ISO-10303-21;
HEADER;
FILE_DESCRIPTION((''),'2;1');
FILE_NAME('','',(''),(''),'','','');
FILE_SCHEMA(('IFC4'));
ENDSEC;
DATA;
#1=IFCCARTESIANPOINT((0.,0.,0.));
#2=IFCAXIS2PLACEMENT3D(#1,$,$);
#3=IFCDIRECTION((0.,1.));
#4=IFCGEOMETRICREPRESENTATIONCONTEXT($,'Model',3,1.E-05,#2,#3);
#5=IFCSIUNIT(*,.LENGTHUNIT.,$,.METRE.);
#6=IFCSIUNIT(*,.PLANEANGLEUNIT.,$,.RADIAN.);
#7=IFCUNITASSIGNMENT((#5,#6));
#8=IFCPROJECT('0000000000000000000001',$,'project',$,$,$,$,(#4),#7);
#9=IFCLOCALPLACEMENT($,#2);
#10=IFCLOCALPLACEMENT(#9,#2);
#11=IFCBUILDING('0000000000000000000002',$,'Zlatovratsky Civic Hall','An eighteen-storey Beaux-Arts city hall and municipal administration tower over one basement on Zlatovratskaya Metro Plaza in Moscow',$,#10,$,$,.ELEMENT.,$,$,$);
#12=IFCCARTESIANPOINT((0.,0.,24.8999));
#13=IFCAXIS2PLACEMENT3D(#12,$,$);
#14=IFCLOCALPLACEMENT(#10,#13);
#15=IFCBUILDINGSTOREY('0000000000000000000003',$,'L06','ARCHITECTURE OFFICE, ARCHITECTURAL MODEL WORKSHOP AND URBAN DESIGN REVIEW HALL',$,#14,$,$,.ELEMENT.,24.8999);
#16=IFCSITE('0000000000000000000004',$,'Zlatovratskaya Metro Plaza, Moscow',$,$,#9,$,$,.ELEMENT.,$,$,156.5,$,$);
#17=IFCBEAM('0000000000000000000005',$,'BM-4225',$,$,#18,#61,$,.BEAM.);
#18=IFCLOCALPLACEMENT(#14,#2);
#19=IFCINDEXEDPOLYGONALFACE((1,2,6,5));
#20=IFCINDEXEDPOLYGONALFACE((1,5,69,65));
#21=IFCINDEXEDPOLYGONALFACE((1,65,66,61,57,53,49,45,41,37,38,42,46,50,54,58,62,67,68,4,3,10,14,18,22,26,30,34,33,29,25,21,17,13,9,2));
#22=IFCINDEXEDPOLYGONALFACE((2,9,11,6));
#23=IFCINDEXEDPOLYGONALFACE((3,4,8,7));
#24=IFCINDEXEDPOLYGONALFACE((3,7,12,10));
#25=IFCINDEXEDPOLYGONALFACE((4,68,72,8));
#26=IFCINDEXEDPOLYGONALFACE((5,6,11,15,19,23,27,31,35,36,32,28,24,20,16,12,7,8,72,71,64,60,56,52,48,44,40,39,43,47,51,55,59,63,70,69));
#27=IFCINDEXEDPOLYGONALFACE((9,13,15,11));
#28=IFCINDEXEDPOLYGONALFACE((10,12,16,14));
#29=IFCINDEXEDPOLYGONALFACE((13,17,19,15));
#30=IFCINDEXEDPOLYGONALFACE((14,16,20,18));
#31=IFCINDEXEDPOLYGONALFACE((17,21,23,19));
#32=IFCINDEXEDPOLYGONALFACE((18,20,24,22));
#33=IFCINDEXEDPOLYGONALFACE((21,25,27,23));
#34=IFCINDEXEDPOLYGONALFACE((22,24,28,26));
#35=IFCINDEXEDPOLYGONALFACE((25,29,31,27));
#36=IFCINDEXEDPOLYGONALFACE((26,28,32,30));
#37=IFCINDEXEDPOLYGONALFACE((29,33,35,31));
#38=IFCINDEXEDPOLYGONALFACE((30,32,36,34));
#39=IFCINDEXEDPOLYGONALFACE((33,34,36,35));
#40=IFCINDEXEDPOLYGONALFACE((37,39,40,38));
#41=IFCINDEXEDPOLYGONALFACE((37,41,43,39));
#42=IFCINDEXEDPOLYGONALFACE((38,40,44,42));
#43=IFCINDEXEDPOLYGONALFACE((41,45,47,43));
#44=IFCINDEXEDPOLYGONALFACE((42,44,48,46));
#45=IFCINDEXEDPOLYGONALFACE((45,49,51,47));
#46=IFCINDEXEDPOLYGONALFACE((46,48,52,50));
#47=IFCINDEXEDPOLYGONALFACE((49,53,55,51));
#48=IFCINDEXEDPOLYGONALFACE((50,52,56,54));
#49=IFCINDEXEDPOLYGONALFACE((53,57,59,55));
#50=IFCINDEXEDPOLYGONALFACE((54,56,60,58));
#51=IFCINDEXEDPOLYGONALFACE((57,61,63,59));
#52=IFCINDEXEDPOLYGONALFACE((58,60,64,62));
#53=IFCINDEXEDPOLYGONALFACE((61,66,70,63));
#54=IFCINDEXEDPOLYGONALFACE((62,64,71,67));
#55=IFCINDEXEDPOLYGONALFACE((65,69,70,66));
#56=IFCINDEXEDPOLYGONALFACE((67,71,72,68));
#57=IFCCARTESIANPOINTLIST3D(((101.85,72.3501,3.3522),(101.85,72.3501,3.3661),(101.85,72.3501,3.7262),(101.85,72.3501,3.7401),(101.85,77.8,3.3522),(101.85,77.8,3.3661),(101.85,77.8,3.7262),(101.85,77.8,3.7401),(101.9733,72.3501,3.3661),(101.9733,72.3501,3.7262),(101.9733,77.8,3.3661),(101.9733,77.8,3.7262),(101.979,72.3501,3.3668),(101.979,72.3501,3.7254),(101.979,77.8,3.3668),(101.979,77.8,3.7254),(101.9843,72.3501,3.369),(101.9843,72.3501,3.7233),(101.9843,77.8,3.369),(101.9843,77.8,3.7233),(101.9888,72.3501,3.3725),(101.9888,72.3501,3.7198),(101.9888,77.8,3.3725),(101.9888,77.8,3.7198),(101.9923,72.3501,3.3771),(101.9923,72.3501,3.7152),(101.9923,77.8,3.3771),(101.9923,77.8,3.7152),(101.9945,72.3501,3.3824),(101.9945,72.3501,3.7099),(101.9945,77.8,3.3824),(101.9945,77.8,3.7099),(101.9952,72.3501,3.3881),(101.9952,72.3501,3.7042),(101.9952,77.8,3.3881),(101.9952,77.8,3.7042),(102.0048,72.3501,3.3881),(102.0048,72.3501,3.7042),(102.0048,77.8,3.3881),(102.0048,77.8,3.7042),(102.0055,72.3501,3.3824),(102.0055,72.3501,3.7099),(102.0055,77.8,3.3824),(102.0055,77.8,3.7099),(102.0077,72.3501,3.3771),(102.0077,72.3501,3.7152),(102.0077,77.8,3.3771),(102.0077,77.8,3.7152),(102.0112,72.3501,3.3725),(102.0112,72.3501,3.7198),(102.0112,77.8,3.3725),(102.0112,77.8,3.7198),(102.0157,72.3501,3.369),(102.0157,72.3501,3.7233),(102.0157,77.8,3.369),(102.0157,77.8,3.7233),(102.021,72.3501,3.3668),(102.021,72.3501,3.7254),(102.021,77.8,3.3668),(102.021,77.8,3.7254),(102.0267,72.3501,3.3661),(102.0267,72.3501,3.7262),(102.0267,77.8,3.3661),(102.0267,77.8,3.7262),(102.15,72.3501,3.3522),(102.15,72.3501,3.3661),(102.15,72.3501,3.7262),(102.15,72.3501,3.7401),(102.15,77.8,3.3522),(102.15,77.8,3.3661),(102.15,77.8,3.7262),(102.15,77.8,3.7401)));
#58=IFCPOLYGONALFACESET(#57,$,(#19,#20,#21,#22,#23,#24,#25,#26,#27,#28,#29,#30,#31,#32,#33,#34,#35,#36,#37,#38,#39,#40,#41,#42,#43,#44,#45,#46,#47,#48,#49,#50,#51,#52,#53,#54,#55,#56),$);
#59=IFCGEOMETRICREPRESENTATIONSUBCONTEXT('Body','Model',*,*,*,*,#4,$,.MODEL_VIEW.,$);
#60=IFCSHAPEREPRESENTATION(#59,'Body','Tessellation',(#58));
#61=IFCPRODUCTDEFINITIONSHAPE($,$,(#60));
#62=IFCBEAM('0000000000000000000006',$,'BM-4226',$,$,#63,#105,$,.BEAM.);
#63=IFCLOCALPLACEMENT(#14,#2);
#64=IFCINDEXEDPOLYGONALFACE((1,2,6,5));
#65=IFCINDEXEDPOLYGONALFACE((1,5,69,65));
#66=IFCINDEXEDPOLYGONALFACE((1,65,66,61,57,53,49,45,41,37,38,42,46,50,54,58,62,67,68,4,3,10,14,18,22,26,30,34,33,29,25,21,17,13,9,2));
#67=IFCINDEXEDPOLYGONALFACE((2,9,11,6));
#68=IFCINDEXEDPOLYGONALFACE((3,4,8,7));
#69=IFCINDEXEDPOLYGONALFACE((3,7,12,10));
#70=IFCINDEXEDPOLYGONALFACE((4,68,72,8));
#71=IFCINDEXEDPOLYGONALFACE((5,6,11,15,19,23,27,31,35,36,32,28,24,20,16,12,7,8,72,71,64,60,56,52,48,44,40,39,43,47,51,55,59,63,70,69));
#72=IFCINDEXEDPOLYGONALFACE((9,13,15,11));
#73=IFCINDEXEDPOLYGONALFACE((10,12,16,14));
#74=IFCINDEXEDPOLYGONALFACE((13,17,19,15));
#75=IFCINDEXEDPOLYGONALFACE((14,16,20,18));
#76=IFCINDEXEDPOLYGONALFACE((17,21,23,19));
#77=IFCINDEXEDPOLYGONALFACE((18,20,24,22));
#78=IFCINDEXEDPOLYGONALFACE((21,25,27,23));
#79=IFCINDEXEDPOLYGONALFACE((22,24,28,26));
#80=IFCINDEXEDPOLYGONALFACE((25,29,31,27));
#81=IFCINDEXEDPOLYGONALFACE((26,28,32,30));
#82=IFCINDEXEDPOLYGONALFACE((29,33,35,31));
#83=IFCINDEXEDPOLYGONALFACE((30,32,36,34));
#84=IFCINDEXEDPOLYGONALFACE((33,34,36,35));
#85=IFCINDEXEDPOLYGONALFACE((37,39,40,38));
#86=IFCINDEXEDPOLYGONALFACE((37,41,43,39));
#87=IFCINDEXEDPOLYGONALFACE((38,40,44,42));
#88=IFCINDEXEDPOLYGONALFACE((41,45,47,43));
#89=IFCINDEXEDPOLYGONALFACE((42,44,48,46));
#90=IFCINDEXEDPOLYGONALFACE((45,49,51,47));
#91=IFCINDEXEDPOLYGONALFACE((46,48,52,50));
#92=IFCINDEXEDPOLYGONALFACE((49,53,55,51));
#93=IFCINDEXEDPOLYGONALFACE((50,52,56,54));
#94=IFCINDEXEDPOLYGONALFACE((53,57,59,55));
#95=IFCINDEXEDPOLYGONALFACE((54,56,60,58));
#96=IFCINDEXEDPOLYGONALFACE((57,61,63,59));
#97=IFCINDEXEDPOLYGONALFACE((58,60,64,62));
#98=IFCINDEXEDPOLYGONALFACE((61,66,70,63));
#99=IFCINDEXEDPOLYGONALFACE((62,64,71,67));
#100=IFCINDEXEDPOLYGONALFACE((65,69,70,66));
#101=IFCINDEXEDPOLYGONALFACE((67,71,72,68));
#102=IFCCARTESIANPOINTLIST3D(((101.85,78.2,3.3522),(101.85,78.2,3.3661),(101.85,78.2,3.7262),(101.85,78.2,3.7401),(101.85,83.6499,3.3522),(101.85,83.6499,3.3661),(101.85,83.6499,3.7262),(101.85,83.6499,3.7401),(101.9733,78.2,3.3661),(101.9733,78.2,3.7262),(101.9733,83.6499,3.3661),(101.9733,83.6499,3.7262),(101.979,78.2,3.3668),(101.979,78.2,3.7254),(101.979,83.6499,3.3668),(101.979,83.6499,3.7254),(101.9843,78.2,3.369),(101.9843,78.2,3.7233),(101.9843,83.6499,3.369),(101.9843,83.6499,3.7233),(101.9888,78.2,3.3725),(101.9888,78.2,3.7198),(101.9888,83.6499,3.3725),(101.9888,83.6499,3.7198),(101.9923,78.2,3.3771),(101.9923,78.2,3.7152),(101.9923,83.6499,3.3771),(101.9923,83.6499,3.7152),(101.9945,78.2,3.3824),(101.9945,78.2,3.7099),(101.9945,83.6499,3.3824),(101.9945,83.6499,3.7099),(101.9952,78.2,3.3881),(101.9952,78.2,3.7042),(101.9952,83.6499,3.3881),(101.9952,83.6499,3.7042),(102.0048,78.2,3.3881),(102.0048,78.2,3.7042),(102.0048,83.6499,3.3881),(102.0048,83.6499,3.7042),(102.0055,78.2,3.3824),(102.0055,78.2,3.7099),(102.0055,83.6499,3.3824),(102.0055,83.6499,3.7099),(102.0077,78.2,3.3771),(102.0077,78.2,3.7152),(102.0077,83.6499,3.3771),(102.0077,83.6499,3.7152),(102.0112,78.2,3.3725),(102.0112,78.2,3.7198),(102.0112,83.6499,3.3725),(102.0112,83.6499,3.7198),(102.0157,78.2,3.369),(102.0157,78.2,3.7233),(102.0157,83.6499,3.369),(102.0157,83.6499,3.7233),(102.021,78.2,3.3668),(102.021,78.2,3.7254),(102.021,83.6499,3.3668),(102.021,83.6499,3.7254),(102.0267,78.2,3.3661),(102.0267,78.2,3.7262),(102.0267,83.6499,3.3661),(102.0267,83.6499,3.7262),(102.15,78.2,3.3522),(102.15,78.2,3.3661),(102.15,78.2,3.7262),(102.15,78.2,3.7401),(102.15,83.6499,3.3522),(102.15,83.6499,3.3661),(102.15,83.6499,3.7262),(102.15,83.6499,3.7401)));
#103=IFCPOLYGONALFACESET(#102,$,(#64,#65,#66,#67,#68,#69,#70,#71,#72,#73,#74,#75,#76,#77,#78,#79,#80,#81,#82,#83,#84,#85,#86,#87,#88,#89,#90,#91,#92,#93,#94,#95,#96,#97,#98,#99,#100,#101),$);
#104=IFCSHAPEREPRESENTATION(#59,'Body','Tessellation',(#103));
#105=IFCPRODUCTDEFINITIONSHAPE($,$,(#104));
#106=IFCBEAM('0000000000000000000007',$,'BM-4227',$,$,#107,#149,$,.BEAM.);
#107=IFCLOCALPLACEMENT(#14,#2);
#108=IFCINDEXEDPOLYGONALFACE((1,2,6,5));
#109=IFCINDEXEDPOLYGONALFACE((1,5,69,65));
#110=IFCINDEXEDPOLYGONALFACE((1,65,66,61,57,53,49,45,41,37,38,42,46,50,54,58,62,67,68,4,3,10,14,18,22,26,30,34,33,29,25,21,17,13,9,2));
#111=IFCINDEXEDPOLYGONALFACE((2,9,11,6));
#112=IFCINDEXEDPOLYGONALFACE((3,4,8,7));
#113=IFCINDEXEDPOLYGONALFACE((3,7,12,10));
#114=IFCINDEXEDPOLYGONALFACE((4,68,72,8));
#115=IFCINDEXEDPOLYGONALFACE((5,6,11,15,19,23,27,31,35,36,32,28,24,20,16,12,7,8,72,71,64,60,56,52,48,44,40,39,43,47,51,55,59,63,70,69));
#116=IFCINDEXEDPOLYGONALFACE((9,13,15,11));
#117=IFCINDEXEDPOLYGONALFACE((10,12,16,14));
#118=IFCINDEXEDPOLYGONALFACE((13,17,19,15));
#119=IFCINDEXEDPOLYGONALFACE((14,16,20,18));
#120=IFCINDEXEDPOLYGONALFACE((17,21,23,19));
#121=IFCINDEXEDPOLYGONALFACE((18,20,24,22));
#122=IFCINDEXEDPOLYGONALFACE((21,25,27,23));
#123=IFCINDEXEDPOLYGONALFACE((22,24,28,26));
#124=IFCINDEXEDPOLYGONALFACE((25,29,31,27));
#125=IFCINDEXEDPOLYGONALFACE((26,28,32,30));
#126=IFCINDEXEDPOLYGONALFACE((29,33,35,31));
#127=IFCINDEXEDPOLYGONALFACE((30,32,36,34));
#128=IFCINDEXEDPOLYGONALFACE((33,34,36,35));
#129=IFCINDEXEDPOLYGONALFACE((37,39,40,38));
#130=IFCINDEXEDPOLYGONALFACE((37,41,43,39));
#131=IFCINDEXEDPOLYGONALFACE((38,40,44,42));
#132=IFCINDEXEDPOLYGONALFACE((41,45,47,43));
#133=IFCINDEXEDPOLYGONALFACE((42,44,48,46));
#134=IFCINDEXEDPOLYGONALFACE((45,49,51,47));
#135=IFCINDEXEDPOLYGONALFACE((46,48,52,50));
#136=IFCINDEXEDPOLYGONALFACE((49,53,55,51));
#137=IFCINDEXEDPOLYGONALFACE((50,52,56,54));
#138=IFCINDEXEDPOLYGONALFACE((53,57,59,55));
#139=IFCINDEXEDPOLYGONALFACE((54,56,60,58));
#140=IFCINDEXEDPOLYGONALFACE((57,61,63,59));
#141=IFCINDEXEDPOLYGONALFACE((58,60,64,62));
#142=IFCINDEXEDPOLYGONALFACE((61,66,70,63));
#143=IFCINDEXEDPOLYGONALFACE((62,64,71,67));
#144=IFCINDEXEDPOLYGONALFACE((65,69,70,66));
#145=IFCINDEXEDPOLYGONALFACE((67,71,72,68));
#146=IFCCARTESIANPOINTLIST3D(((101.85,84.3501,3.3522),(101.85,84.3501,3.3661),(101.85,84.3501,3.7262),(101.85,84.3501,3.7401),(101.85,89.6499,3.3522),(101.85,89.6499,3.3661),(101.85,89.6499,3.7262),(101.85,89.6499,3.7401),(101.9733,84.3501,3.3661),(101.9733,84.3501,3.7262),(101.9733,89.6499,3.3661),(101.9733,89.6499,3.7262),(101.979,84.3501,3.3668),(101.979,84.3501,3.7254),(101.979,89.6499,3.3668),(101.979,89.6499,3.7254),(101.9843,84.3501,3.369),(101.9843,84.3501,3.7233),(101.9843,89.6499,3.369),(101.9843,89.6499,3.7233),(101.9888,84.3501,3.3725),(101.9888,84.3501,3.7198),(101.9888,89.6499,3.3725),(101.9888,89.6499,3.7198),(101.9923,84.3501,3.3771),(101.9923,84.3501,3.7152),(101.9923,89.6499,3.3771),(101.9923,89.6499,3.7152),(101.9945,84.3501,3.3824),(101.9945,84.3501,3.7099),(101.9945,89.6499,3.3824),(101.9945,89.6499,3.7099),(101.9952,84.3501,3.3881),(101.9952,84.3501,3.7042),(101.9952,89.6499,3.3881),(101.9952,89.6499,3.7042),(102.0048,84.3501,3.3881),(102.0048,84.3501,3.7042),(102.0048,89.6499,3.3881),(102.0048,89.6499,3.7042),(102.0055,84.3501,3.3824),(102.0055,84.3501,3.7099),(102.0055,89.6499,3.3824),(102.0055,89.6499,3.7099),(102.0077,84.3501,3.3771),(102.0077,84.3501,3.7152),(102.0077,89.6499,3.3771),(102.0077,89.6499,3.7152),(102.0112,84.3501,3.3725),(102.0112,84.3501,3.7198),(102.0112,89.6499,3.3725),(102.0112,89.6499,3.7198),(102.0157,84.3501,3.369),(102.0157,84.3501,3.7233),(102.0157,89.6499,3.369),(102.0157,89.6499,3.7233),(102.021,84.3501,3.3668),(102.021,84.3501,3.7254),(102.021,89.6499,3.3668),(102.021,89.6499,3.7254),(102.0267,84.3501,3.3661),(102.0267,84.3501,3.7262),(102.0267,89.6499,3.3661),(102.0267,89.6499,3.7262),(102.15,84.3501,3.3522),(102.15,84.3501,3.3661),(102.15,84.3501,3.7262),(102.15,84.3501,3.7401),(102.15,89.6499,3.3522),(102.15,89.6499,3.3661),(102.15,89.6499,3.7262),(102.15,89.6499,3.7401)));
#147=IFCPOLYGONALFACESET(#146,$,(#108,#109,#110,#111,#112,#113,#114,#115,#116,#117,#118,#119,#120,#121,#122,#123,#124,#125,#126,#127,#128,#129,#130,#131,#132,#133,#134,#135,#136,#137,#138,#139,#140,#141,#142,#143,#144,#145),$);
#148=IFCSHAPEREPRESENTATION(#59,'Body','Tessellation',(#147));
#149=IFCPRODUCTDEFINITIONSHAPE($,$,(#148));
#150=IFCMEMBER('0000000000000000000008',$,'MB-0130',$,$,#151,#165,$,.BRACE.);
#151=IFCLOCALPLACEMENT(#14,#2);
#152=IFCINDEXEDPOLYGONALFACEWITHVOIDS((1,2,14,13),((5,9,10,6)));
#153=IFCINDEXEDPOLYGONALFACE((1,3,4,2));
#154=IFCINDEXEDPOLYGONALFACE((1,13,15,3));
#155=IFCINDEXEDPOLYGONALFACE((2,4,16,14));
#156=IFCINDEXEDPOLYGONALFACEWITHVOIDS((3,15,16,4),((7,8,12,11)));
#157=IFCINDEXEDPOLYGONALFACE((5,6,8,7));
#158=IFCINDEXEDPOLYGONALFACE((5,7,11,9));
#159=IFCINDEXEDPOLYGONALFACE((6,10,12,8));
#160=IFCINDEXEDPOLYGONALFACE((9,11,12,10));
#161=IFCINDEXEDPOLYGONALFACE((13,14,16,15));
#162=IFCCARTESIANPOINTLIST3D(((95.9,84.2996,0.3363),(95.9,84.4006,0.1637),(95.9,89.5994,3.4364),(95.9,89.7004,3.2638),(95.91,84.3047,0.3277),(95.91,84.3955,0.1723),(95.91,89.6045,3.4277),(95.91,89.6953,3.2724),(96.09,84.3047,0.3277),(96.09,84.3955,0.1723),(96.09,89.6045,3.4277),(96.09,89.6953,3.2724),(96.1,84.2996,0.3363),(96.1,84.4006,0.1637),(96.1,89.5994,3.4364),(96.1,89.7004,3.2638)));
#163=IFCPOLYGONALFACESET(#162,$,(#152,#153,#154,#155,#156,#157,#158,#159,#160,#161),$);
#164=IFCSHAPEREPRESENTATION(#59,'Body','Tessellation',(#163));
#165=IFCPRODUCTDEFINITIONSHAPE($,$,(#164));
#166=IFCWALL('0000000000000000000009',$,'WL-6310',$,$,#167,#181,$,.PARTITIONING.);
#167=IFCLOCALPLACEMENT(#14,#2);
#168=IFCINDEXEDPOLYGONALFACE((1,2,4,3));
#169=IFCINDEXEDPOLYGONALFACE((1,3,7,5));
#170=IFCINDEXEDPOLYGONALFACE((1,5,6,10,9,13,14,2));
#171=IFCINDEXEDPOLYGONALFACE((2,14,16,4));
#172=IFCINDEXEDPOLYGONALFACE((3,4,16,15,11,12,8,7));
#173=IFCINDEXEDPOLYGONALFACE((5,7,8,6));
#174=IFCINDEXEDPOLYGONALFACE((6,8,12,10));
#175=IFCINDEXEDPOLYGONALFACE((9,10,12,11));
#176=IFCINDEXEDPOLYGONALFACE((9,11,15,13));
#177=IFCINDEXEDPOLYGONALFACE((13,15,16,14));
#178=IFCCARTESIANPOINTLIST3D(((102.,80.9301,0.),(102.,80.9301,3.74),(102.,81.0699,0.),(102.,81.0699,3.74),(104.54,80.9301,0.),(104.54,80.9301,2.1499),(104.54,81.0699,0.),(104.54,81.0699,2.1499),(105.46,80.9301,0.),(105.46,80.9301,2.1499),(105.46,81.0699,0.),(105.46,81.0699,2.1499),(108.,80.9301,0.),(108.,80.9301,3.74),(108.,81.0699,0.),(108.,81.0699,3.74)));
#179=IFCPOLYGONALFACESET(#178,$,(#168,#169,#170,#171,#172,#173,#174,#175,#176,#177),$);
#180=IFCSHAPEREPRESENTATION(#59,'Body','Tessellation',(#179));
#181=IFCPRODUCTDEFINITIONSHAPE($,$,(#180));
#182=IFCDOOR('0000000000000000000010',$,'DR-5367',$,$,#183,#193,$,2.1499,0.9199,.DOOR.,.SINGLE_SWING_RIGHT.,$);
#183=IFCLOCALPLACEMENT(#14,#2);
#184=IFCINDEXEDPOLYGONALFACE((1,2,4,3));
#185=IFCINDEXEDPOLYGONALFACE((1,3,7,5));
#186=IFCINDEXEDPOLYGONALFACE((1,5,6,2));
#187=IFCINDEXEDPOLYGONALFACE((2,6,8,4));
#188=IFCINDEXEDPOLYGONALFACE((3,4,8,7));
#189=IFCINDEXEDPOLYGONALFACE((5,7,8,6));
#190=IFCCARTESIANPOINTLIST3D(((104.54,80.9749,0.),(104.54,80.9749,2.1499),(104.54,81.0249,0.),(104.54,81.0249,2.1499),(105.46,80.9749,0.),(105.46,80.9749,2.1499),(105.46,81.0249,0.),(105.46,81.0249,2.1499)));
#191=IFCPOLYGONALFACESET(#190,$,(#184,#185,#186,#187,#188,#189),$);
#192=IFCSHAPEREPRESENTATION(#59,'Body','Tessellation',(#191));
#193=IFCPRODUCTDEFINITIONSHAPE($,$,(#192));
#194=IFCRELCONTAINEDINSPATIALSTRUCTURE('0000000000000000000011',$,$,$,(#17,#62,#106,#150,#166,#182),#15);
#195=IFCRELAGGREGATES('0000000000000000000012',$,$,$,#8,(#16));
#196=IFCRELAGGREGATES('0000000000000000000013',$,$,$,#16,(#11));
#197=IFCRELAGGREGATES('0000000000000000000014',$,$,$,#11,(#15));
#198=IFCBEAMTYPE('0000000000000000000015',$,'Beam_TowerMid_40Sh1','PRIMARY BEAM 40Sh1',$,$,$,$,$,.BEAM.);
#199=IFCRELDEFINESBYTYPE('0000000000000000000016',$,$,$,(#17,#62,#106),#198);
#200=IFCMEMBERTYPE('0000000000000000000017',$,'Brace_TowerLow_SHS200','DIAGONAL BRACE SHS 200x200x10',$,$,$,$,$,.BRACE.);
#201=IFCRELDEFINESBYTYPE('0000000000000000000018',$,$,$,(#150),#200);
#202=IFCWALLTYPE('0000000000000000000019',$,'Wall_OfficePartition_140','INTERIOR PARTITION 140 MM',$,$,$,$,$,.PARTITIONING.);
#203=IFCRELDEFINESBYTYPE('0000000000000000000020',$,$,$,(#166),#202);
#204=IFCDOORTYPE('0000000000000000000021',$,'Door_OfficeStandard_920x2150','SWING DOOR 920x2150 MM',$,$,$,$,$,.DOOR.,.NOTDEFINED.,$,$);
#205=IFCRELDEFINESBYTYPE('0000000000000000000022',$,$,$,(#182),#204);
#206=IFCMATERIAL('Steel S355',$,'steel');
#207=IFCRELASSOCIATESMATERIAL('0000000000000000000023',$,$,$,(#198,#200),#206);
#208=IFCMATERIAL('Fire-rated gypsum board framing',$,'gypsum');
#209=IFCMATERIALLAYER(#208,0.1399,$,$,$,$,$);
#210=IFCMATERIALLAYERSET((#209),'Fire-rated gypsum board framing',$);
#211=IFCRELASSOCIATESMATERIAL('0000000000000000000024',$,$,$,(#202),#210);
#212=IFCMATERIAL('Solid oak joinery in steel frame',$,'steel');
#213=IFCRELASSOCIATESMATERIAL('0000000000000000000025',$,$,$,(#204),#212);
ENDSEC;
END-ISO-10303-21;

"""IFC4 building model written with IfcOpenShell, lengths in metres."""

from ifc_helpers import new_model, si_unit, direction, frame, frame_2d, origin, origin_2d, place, context, subcontext, project, spatial, rectangle, hollow_rectangle, i_section, extrude, material, layer, layer_set, material_profile, profile_set, type_object, element, fill, save


model = new_model("IFC4")

# Units and contexts
model_context = context("Model", 3, precision=1e-05, world=origin(), true_north=direction((0.0, 1.0)))
body_context = subcontext(model_context, "Body", "Model", "MODEL_VIEW")
ifc_project = project(units=[si_unit("LENGTHUNIT", "METRE"), si_unit("PLANEANGLEUNIT", "RADIAN")], contexts=[model_context])

# Site, building, storey
site_placement = place(None, origin())
site = spatial("IfcSite", under=ifc_project, at=site_placement, Name="Zlatovratskaya Metro Plaza, Moscow", CompositionType="ELEMENT", RefElevation=156.5)
building_placement = place(site_placement, origin())
building = spatial("IfcBuilding", under=site, at=building_placement, Name="Zlatovratsky Civic Hall", Description="An eighteen-storey Beaux-Arts city hall and municipal administration tower over one basement on Zlatovratskaya Metro Plaza in Moscow", CompositionType="ELEMENT")
storey_placement = place(building_placement, frame((0.0, 0.0, 24.8999)))
storey = spatial("IfcBuildingStorey", under=building, at=storey_placement, Name="L06", Description="ARCHITECTURE OFFICE, ARCHITECTURAL MODEL WORKSHOP AND URBAN DESIGN REVIEW HALL", CompositionType="ELEMENT", Elevation=24.8999)

# Shared definitions
ifc_material_1 = material(Name="Steel S355", Category="steel")

# Beams
ifc_material_profile_1 = material_profile(ifc_material_1, i_section(OverallWidth=0.3, OverallDepth=0.3879, WebThickness=0.0095, FlangeThickness=0.0139, FilletRadius=0.022, at=origin_2d()), Name="40Sh1")
ifc_profile_set_1 = profile_set([ifc_material_profile_1], Name="Steel S355")
beam_type_1 = type_object("IfcBeamType", Name="Beam_TowerMid_40Sh1", Description="PRIMARY BEAM 40Sh1", PredefinedType="BEAM", material=ifc_profile_set_1)
for number, where, z_axis, x_axis, name in (
    (1, (102.0, 72.3501, 3.5461), (0.0, 1.0, 0.0), (-1.0, 0.0, 0.0), "BM-4225"),
    (2, (102.0, 78.2, 3.5461), (0.0, 1.0, 0.0), (-1.0, 0.0, 0.0), "BM-4226"),
):
    element("IfcBeam", number, at=place(storey_placement, frame(where, z_axis=z_axis, x_axis=x_axis)), inside=storey, type_object=beam_type_1, Name=name, PredefinedType="BEAM", context=body_context, shape_type="SweptSolid", body=[
        extrude(i_section(OverallWidth=0.3, OverallDepth=0.3879, WebThickness=0.0095, FlangeThickness=0.0139, FilletRadius=0.022, at=origin_2d()), origin(), (0.0, 0.0, 1.0), 5.45),
    ])
beam_placement = place(storey_placement, frame((102.0, 84.3501, 3.5461), z_axis=(0.0, 1.0, 0.0), x_axis=(-1.0, 0.0, 0.0)))
element("IfcBeam", 3, at=beam_placement, inside=storey, type_object=beam_type_1, Name="BM-4227", PredefinedType="BEAM", context=body_context, shape_type="SweptSolid", body=[
    extrude(i_section(OverallWidth=0.3, OverallDepth=0.3879, WebThickness=0.0095, FlangeThickness=0.0139, FilletRadius=0.022, at=origin_2d()), origin(), (0.0, 0.0, 1.0), 5.2998),
])

# Member
ifc_material_profile_2 = material_profile(ifc_material_1, hollow_rectangle(XDim=0.2, YDim=0.2, WallThickness=0.01, at=origin_2d()), Name="SHS 200x200x10")
ifc_profile_set_2 = profile_set([ifc_material_profile_2], Name="Steel S355")
member_type = type_object("IfcMemberType", Name="Brace_TowerLow_SHS200", Description="DIAGONAL BRACE SHS 200x200x10", PredefinedType="BRACE", material=ifc_profile_set_2)
member_placement = place(storey_placement, frame((96.0, 84.3501, 0.25), z_axis=(0.0, 0.863173, 0.504909), x_axis=(-1.0, 0.0, 0.0)))
element("IfcMember", 4, at=member_placement, inside=storey, type_object=member_type, Name="MB-0130", PredefinedType="BRACE", context=body_context, shape_type="SweptSolid", body=[
    extrude(hollow_rectangle(XDim=0.2, YDim=0.2, WallThickness=0.01, at=origin_2d()), origin(), (0.0, 0.0, 1.0), 6.1399),
])

# Wall, opening, door
ifc_material_2 = material(Name="Fire-rated gypsum board framing", Category="gypsum")
ifc_layer_1 = layer(ifc_material_2, 0.1399)
ifc_layer_set_1 = layer_set([ifc_layer_1], Name="Fire-rated gypsum board framing")
wall_type_1 = type_object("IfcWallType", Name="Wall_OfficePartition_140", Description="INTERIOR PARTITION 140 MM", PredefinedType="PARTITIONING", material=ifc_layer_set_1)
wall_1_placement = place(storey_placement, frame((102.0, 81.0, 0.0), z_axis=(0.0, 0.0, 1.0), x_axis=(1.0, 0.0, 0.0)))
wall_1 = element("IfcWall", 5, at=wall_1_placement, inside=storey, type_object=wall_type_1, Name="WL-6310", PredefinedType="PARTITIONING", context=body_context, shape_type="SweptSolid", body=[
    extrude(rectangle(XDim=6.0, YDim=0.1399, at=frame_2d((3.0, 0.0))), origin(), (0.0, 0.0, 1.0), 3.74),
])
opening_1_placement = place(wall_1_placement, frame((2.54, 0.0, 0.0)))
opening_1 = element("IfcOpeningElement", 6, at=opening_1_placement, cuts=wall_1, PredefinedType="OPENING", context=body_context, shape_type="SweptSolid", body=[
    extrude(rectangle(XDim=0.9199, YDim=2.1499, at=frame_2d((0.46, 1.075))), frame((0.0, 0.085, 0.0), z_axis=(0.0, -1.0, 0.0), x_axis=(1.0, 0.0, 0.0)), (0.0, 0.0, 1.0), 0.1697),
])
ifc_material_3 = material(Name="Solid oak joinery in steel frame", Category="steel")
door_type_1 = type_object("IfcDoorType", Name="Door_OfficeStandard_920x2150", Description="SWING DOOR 920x2150 MM", OperationType="NOTDEFINED", PredefinedType="DOOR", material=ifc_material_3)
door_1_placement = place(opening_1_placement, origin())
door_1 = element("IfcDoor", 7, at=door_1_placement, inside=storey, type_object=door_type_1, Name="DR-5367", OperationType="SINGLE_SWING_RIGHT", OverallHeight=2.1499, OverallWidth=0.9199, PredefinedType="DOOR", context=body_context, shape_type="SweptSolid", body=[
    extrude(rectangle(XDim=0.9199, YDim=2.1499, at=frame_2d((0.46, 1.075))), frame((0.0, 0.0249, 0.0), z_axis=(0.0, -1.0, 0.0), x_axis=(1.0, 0.0, 0.0)), (0.0, 0.0, 1.0), 0.05),
])
fill(opening_1, door_1)

save(model, "model.ifc")
